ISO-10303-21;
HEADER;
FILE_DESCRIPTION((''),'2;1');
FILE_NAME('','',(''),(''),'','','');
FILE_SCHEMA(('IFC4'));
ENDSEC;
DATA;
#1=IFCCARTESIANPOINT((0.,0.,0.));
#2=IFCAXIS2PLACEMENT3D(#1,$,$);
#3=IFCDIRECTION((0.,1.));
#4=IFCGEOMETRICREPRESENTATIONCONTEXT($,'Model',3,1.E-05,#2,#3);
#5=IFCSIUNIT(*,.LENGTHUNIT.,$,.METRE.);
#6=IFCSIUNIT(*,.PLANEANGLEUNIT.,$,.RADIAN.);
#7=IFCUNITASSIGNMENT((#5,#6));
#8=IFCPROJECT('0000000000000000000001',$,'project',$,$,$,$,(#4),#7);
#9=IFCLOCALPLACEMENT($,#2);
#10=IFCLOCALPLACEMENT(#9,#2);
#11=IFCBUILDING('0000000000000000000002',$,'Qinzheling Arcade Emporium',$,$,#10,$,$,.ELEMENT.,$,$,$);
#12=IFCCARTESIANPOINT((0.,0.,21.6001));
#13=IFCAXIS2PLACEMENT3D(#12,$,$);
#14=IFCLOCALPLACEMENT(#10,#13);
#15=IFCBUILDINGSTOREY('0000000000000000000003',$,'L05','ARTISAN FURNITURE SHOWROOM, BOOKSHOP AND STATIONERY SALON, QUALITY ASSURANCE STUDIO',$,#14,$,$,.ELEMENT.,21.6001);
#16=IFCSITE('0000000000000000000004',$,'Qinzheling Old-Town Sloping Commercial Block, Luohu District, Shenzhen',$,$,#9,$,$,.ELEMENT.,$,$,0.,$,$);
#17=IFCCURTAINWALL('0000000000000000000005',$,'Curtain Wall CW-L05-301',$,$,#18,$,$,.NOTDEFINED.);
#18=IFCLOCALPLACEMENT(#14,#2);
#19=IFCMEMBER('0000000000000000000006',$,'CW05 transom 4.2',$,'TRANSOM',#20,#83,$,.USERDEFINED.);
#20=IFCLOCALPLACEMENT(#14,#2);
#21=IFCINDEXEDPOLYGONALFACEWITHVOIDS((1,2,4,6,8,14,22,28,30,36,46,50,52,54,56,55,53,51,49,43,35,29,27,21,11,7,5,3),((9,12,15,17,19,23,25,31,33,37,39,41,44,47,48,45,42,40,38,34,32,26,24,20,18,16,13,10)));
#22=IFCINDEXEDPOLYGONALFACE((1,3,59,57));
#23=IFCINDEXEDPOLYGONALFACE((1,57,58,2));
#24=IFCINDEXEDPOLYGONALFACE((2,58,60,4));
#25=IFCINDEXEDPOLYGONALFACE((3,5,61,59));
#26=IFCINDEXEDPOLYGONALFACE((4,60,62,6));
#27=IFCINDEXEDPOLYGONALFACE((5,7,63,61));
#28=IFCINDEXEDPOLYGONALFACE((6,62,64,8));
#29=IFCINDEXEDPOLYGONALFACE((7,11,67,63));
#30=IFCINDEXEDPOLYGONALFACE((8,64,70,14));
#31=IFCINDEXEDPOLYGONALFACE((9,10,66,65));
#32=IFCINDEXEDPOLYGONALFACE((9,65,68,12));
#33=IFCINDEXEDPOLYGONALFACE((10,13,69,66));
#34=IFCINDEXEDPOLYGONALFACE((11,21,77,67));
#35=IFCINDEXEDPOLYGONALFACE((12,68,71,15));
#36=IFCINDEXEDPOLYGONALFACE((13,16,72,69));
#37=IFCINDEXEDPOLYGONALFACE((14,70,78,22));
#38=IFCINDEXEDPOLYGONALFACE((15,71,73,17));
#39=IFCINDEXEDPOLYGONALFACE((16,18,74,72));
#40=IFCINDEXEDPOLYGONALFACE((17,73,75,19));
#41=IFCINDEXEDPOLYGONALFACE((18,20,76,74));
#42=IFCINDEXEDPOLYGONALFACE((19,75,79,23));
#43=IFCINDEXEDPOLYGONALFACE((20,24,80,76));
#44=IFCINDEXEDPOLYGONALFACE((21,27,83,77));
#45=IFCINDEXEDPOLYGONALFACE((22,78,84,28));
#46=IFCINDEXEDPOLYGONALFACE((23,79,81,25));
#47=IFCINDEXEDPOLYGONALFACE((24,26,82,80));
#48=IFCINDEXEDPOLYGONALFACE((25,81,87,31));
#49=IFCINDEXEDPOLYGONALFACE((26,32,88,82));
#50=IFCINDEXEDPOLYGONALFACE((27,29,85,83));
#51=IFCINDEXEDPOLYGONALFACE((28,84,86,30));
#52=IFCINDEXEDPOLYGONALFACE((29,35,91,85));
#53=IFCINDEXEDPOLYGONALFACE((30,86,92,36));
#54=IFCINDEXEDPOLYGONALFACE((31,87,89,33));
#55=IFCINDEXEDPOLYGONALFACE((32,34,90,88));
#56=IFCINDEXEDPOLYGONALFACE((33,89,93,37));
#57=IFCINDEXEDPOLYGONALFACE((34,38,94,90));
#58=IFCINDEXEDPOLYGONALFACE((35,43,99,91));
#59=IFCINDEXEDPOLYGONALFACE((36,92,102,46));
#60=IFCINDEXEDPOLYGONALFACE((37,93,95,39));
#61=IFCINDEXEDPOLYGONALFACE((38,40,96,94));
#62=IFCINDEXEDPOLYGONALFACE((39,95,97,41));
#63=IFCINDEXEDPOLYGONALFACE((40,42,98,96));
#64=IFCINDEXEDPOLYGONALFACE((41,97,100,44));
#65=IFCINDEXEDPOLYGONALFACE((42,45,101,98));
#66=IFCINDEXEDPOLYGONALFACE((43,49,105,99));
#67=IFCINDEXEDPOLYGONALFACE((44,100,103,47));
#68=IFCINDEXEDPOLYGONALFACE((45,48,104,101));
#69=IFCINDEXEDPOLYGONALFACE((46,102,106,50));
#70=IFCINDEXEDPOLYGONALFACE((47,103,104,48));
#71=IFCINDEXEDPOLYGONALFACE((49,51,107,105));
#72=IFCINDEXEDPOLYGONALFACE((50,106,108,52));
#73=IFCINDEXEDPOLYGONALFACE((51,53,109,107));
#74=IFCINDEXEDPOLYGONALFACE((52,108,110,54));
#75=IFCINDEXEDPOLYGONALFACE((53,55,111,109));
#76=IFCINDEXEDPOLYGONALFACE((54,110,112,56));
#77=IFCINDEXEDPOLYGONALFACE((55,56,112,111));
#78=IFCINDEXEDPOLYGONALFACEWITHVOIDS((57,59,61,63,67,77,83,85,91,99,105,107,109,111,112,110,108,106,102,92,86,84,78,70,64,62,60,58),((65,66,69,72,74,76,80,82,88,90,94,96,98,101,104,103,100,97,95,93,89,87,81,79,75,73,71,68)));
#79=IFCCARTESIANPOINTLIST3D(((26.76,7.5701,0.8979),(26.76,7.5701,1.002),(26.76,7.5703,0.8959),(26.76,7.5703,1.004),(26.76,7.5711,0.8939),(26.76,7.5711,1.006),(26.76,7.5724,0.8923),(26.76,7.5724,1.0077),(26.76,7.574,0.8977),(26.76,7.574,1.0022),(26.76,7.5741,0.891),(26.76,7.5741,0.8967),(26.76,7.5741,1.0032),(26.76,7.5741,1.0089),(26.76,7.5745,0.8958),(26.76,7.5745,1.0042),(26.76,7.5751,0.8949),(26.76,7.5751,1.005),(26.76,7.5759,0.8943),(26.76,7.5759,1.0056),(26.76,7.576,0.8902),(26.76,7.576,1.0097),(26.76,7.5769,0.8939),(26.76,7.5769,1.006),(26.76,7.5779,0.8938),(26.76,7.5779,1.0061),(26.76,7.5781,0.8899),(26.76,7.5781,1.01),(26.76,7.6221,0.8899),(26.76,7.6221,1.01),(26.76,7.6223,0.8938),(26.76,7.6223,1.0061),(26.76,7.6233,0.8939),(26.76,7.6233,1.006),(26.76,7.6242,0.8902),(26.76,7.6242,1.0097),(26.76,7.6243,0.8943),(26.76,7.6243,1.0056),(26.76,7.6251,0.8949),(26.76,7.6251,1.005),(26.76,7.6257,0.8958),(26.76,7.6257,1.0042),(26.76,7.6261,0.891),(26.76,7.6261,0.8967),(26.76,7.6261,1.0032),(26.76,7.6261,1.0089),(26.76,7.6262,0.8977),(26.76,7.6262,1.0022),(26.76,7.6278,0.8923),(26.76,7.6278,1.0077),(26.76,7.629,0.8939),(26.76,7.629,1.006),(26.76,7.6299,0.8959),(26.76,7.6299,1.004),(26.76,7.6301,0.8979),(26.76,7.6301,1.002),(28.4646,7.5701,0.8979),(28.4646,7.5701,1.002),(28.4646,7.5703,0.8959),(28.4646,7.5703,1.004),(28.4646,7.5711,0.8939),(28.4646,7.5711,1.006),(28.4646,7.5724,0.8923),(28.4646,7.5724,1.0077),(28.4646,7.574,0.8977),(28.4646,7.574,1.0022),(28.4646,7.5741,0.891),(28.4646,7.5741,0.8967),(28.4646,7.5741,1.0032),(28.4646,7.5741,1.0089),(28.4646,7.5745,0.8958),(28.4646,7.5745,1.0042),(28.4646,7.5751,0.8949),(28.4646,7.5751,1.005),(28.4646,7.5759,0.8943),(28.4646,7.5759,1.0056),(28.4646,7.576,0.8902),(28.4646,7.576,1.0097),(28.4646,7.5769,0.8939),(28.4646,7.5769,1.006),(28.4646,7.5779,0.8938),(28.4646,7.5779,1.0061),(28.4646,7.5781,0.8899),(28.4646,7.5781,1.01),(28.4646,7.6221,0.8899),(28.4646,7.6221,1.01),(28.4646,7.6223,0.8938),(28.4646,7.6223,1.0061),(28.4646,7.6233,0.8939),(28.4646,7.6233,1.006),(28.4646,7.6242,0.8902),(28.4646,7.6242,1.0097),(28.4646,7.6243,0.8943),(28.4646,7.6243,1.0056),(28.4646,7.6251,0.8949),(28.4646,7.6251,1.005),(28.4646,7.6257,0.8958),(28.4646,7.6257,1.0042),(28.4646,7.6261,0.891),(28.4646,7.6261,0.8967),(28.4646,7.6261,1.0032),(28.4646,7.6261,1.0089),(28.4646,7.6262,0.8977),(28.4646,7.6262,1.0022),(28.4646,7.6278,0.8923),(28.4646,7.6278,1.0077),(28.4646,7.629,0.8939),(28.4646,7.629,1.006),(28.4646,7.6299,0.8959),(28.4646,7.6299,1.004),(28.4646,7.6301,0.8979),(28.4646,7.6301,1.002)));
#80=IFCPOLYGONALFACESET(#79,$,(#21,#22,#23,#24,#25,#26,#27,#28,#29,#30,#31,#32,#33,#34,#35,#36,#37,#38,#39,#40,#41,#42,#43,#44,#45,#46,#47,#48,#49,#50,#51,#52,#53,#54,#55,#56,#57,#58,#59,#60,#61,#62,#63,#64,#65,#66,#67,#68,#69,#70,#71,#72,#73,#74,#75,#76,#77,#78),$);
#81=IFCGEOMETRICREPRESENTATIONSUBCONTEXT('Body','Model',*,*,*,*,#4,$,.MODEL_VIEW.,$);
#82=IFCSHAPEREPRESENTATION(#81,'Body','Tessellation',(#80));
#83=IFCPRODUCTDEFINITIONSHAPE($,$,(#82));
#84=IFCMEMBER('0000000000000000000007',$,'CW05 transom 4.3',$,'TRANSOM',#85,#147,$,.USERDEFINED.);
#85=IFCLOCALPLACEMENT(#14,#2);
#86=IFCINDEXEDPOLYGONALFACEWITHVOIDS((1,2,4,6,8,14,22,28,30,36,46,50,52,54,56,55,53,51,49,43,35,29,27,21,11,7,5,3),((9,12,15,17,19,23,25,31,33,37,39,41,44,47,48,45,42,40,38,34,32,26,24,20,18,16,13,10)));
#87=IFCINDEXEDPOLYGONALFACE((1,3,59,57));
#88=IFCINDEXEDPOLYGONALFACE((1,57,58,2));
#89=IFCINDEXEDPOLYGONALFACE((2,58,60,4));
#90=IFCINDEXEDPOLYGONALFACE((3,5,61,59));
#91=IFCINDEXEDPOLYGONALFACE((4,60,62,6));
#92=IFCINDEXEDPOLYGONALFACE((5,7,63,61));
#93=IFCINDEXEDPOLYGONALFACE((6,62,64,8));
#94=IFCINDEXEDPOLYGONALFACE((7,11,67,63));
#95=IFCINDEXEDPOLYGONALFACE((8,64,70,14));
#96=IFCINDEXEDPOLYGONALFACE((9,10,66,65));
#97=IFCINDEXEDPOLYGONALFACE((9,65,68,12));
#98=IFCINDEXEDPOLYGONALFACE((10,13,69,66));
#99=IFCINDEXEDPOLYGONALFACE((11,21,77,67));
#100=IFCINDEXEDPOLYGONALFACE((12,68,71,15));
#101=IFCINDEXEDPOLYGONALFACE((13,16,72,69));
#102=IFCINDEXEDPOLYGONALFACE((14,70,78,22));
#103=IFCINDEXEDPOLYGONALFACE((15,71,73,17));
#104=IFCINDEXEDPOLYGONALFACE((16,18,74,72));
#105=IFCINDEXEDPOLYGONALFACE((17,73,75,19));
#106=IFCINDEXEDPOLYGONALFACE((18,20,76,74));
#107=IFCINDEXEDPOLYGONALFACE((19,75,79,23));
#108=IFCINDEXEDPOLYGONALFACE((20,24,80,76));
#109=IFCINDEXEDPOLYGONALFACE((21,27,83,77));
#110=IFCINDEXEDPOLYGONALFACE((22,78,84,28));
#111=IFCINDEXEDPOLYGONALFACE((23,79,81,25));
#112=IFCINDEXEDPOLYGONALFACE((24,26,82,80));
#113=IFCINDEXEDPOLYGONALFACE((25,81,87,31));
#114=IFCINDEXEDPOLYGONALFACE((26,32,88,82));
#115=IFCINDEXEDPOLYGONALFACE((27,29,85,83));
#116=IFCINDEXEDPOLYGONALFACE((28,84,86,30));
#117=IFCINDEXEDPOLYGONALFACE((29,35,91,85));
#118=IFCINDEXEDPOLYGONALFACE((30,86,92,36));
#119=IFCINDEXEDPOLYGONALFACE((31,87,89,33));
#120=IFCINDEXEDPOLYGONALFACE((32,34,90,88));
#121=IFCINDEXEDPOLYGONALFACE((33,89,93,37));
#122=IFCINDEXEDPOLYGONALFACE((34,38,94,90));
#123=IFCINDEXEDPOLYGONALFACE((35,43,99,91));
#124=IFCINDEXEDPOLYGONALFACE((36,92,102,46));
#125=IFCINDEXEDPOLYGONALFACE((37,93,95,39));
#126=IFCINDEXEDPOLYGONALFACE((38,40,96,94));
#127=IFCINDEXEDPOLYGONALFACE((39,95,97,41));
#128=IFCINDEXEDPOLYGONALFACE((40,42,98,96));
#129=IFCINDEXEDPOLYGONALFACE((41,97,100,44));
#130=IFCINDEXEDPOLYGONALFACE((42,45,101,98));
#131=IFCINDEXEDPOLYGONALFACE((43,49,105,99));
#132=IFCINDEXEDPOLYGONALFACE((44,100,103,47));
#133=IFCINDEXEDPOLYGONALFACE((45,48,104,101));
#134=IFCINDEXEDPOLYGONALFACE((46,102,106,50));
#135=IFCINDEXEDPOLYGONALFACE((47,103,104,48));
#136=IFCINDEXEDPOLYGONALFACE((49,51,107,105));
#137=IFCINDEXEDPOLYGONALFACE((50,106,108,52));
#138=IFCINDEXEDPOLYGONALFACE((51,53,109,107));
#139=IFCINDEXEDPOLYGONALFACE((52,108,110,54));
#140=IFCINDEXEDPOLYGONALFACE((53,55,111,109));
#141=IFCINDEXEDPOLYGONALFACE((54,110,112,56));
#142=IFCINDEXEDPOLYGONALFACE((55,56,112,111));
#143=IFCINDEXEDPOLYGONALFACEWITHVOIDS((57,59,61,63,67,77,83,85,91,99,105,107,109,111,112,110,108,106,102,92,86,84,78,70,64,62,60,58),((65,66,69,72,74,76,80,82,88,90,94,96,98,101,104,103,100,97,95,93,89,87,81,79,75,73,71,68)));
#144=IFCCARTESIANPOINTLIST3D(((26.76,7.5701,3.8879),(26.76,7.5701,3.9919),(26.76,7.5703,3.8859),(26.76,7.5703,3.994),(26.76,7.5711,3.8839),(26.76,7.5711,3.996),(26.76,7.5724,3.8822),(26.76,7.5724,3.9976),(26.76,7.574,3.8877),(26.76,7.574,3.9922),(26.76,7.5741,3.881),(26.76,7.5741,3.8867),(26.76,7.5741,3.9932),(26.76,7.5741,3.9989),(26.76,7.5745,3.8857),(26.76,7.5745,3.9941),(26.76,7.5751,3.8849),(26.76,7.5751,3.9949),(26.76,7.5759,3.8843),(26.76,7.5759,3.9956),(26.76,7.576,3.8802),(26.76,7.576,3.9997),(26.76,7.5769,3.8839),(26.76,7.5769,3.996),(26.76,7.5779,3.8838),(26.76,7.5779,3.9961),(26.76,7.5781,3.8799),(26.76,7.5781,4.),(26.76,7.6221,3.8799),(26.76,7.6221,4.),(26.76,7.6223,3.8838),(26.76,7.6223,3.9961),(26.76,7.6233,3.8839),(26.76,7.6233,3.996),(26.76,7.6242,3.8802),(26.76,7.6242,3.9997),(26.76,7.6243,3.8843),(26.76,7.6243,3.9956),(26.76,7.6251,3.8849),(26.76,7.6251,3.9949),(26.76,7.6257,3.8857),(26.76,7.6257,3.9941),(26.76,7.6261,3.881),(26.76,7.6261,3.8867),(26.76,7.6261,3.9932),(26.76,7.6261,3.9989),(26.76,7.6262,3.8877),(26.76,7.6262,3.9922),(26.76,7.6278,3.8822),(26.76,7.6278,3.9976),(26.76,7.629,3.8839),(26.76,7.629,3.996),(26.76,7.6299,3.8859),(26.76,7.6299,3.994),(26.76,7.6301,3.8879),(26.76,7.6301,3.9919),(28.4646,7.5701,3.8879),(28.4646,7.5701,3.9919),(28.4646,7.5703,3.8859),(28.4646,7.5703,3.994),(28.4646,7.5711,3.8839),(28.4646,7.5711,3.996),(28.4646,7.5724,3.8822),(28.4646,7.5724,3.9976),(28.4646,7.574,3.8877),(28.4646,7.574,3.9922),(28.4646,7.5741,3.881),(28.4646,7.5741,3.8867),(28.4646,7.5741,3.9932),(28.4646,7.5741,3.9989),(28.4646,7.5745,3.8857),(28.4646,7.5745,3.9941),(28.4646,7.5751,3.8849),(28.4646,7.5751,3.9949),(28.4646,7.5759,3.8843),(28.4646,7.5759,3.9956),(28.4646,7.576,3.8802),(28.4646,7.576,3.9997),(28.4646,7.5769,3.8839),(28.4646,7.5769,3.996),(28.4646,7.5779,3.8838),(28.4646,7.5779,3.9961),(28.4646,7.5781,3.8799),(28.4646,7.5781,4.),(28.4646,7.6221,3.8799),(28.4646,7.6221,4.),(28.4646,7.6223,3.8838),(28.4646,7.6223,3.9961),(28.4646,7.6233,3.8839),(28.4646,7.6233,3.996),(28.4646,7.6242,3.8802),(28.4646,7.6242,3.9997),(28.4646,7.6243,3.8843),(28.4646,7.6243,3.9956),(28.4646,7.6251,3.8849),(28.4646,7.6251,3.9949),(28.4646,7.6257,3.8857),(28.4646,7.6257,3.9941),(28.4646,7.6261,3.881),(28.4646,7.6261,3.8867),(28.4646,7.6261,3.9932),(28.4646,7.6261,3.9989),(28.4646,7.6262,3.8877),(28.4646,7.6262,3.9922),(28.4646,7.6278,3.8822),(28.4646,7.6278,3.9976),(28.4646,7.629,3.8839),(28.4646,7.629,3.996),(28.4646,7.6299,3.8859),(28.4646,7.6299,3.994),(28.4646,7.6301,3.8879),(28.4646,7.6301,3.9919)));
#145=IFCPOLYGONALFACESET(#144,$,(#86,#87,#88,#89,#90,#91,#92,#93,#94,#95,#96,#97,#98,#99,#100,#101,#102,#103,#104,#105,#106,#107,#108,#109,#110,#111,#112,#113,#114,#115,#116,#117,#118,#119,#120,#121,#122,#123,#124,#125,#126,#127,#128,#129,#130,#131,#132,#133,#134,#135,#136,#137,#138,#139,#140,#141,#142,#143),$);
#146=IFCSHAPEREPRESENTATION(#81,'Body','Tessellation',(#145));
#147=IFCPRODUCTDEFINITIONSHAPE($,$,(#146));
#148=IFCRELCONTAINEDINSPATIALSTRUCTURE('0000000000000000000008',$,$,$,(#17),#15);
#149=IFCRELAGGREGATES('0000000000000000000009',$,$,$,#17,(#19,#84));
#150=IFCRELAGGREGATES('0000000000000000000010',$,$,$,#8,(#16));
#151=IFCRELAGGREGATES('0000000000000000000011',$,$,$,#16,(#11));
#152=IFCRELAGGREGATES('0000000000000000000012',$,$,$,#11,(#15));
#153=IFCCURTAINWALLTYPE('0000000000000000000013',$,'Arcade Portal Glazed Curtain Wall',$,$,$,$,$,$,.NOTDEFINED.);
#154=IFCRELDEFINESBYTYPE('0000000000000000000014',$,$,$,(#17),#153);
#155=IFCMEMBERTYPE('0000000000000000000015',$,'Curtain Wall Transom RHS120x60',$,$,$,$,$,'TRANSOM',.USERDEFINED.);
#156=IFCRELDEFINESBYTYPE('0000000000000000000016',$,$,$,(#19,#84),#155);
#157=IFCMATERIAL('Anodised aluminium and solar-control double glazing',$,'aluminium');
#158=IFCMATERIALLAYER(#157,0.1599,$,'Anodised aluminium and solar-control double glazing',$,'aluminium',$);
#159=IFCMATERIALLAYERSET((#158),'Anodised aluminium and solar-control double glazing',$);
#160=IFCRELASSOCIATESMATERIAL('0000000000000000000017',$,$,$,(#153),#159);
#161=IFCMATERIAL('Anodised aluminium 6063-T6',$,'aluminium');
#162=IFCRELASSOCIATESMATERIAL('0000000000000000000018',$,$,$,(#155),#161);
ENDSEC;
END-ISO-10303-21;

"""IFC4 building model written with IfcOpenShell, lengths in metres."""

from ifc_helpers import new_model, si_unit, direction, frame, origin, origin_2d, place, context, subcontext, project, spatial, hollow_rectangle, extrude, material, layer, layer_set, material_profile, profile_set, type_object, element, aggregate, save


model = new_model("IFC4")

# Units and contexts
model_context = context("Model", 3, precision=1e-05, world=origin(), true_north=direction((0.0, 1.0)))
body_context = subcontext(model_context, "Body", "Model", "MODEL_VIEW")
ifc_project = project(units=[si_unit("LENGTHUNIT", "METRE"), si_unit("PLANEANGLEUNIT", "RADIAN")], contexts=[model_context])

# Site, building, storey
site_placement = place(None, origin())
site = spatial("IfcSite", under=ifc_project, at=site_placement, Name="Qinzheling Old-Town Sloping Commercial Block, Luohu District, Shenzhen", CompositionType="ELEMENT", RefElevation=0.0)
building_placement = place(site_placement, origin())
building = spatial("IfcBuilding", under=site, at=building_placement, Name="Qinzheling Arcade Emporium", CompositionType="ELEMENT")
storey_placement = place(building_placement, frame((0.0, 0.0, 21.6001)))
storey = spatial("IfcBuildingStorey", under=building, at=storey_placement, Name="L05", Description="ARTISAN FURNITURE SHOWROOM, BOOKSHOP AND STATIONERY SALON, QUALITY ASSURANCE STUDIO", CompositionType="ELEMENT", Elevation=21.6001)

# Curtain wall
ifc_material_1 = material(Name="Anodised aluminium and solar-control double glazing", Category="aluminium")
ifc_layer_1 = layer(ifc_material_1, 0.1599, Name="Anodised aluminium and solar-control double glazing", Category="aluminium")
ifc_layer_set_1 = layer_set([ifc_layer_1], Name="Anodised aluminium and solar-control double glazing")
curtain_wall_type_1 = type_object("IfcCurtainWallType", Name="Arcade Portal Glazed Curtain Wall", PredefinedType="NOTDEFINED", material=ifc_layer_set_1)
curtain_wall_1_placement = place(storey_placement, origin())
curtain_wall_1 = element("IfcCurtainWall", 1, at=curtain_wall_1_placement, inside=storey, type_object=curtain_wall_type_1, Name="Curtain Wall CW-L05-301", PredefinedType="NOTDEFINED")
ifc_material_2 = material(Name="Anodised aluminium 6063-T6", Category="aluminium")

# Members
ifc_material_profile_1 = material_profile(ifc_material_2, hollow_rectangle(XDim=0.0601, YDim=0.1201, WallThickness=0.0039, InnerFilletRadius=0.0039, OuterFilletRadius=0.0081, at=origin_2d()), Name="RHS 120x60x4", Category="aluminium")
ifc_profile_set_1 = profile_set([ifc_material_profile_1], Name="Anodised aluminium 6063-T6")
member_type_1 = type_object("IfcMemberType", Name="Curtain Wall Transom RHS120x60", ElementType="TRANSOM", PredefinedType="USERDEFINED", material=ifc_profile_set_1)
member_1_placement = place(storey_placement, frame((28.4646, 7.6001, 0.95), z_axis=(-1.0, 0.0, 0.0), x_axis=(0.0, -1.0, 0.0)))
member_1 = element("IfcMember", 2, at=member_1_placement, type_object=member_type_1, Name="CW05 transom 4.2", ObjectType="TRANSOM", PredefinedType="USERDEFINED", context=body_context, shape_type="SweptSolid", body=[
    extrude(hollow_rectangle(XDim=0.0601, YDim=0.1201, WallThickness=0.0039, InnerFilletRadius=0.0039, OuterFilletRadius=0.0081, at=origin_2d()), origin(), (0.0, 0.0, 1.0), 1.7046),
])
member_2_placement = place(storey_placement, frame((28.4646, 7.6001, 3.9399), z_axis=(-1.0, 0.0, 0.0), x_axis=(0.0, -1.0, 0.0)))
member_2 = element("IfcMember", 3, at=member_2_placement, type_object=member_type_1, Name="CW05 transom 4.3", ObjectType="TRANSOM", PredefinedType="USERDEFINED", context=body_context, shape_type="SweptSolid", body=[
    extrude(hollow_rectangle(XDim=0.0601, YDim=0.1201, WallThickness=0.0039, InnerFilletRadius=0.0039, OuterFilletRadius=0.0081, at=origin_2d()), origin(), (0.0, 0.0, 1.0), 1.7046),
])

aggregate(curtain_wall_1, [member_1, member_2])

save(model, "model.ifc")
